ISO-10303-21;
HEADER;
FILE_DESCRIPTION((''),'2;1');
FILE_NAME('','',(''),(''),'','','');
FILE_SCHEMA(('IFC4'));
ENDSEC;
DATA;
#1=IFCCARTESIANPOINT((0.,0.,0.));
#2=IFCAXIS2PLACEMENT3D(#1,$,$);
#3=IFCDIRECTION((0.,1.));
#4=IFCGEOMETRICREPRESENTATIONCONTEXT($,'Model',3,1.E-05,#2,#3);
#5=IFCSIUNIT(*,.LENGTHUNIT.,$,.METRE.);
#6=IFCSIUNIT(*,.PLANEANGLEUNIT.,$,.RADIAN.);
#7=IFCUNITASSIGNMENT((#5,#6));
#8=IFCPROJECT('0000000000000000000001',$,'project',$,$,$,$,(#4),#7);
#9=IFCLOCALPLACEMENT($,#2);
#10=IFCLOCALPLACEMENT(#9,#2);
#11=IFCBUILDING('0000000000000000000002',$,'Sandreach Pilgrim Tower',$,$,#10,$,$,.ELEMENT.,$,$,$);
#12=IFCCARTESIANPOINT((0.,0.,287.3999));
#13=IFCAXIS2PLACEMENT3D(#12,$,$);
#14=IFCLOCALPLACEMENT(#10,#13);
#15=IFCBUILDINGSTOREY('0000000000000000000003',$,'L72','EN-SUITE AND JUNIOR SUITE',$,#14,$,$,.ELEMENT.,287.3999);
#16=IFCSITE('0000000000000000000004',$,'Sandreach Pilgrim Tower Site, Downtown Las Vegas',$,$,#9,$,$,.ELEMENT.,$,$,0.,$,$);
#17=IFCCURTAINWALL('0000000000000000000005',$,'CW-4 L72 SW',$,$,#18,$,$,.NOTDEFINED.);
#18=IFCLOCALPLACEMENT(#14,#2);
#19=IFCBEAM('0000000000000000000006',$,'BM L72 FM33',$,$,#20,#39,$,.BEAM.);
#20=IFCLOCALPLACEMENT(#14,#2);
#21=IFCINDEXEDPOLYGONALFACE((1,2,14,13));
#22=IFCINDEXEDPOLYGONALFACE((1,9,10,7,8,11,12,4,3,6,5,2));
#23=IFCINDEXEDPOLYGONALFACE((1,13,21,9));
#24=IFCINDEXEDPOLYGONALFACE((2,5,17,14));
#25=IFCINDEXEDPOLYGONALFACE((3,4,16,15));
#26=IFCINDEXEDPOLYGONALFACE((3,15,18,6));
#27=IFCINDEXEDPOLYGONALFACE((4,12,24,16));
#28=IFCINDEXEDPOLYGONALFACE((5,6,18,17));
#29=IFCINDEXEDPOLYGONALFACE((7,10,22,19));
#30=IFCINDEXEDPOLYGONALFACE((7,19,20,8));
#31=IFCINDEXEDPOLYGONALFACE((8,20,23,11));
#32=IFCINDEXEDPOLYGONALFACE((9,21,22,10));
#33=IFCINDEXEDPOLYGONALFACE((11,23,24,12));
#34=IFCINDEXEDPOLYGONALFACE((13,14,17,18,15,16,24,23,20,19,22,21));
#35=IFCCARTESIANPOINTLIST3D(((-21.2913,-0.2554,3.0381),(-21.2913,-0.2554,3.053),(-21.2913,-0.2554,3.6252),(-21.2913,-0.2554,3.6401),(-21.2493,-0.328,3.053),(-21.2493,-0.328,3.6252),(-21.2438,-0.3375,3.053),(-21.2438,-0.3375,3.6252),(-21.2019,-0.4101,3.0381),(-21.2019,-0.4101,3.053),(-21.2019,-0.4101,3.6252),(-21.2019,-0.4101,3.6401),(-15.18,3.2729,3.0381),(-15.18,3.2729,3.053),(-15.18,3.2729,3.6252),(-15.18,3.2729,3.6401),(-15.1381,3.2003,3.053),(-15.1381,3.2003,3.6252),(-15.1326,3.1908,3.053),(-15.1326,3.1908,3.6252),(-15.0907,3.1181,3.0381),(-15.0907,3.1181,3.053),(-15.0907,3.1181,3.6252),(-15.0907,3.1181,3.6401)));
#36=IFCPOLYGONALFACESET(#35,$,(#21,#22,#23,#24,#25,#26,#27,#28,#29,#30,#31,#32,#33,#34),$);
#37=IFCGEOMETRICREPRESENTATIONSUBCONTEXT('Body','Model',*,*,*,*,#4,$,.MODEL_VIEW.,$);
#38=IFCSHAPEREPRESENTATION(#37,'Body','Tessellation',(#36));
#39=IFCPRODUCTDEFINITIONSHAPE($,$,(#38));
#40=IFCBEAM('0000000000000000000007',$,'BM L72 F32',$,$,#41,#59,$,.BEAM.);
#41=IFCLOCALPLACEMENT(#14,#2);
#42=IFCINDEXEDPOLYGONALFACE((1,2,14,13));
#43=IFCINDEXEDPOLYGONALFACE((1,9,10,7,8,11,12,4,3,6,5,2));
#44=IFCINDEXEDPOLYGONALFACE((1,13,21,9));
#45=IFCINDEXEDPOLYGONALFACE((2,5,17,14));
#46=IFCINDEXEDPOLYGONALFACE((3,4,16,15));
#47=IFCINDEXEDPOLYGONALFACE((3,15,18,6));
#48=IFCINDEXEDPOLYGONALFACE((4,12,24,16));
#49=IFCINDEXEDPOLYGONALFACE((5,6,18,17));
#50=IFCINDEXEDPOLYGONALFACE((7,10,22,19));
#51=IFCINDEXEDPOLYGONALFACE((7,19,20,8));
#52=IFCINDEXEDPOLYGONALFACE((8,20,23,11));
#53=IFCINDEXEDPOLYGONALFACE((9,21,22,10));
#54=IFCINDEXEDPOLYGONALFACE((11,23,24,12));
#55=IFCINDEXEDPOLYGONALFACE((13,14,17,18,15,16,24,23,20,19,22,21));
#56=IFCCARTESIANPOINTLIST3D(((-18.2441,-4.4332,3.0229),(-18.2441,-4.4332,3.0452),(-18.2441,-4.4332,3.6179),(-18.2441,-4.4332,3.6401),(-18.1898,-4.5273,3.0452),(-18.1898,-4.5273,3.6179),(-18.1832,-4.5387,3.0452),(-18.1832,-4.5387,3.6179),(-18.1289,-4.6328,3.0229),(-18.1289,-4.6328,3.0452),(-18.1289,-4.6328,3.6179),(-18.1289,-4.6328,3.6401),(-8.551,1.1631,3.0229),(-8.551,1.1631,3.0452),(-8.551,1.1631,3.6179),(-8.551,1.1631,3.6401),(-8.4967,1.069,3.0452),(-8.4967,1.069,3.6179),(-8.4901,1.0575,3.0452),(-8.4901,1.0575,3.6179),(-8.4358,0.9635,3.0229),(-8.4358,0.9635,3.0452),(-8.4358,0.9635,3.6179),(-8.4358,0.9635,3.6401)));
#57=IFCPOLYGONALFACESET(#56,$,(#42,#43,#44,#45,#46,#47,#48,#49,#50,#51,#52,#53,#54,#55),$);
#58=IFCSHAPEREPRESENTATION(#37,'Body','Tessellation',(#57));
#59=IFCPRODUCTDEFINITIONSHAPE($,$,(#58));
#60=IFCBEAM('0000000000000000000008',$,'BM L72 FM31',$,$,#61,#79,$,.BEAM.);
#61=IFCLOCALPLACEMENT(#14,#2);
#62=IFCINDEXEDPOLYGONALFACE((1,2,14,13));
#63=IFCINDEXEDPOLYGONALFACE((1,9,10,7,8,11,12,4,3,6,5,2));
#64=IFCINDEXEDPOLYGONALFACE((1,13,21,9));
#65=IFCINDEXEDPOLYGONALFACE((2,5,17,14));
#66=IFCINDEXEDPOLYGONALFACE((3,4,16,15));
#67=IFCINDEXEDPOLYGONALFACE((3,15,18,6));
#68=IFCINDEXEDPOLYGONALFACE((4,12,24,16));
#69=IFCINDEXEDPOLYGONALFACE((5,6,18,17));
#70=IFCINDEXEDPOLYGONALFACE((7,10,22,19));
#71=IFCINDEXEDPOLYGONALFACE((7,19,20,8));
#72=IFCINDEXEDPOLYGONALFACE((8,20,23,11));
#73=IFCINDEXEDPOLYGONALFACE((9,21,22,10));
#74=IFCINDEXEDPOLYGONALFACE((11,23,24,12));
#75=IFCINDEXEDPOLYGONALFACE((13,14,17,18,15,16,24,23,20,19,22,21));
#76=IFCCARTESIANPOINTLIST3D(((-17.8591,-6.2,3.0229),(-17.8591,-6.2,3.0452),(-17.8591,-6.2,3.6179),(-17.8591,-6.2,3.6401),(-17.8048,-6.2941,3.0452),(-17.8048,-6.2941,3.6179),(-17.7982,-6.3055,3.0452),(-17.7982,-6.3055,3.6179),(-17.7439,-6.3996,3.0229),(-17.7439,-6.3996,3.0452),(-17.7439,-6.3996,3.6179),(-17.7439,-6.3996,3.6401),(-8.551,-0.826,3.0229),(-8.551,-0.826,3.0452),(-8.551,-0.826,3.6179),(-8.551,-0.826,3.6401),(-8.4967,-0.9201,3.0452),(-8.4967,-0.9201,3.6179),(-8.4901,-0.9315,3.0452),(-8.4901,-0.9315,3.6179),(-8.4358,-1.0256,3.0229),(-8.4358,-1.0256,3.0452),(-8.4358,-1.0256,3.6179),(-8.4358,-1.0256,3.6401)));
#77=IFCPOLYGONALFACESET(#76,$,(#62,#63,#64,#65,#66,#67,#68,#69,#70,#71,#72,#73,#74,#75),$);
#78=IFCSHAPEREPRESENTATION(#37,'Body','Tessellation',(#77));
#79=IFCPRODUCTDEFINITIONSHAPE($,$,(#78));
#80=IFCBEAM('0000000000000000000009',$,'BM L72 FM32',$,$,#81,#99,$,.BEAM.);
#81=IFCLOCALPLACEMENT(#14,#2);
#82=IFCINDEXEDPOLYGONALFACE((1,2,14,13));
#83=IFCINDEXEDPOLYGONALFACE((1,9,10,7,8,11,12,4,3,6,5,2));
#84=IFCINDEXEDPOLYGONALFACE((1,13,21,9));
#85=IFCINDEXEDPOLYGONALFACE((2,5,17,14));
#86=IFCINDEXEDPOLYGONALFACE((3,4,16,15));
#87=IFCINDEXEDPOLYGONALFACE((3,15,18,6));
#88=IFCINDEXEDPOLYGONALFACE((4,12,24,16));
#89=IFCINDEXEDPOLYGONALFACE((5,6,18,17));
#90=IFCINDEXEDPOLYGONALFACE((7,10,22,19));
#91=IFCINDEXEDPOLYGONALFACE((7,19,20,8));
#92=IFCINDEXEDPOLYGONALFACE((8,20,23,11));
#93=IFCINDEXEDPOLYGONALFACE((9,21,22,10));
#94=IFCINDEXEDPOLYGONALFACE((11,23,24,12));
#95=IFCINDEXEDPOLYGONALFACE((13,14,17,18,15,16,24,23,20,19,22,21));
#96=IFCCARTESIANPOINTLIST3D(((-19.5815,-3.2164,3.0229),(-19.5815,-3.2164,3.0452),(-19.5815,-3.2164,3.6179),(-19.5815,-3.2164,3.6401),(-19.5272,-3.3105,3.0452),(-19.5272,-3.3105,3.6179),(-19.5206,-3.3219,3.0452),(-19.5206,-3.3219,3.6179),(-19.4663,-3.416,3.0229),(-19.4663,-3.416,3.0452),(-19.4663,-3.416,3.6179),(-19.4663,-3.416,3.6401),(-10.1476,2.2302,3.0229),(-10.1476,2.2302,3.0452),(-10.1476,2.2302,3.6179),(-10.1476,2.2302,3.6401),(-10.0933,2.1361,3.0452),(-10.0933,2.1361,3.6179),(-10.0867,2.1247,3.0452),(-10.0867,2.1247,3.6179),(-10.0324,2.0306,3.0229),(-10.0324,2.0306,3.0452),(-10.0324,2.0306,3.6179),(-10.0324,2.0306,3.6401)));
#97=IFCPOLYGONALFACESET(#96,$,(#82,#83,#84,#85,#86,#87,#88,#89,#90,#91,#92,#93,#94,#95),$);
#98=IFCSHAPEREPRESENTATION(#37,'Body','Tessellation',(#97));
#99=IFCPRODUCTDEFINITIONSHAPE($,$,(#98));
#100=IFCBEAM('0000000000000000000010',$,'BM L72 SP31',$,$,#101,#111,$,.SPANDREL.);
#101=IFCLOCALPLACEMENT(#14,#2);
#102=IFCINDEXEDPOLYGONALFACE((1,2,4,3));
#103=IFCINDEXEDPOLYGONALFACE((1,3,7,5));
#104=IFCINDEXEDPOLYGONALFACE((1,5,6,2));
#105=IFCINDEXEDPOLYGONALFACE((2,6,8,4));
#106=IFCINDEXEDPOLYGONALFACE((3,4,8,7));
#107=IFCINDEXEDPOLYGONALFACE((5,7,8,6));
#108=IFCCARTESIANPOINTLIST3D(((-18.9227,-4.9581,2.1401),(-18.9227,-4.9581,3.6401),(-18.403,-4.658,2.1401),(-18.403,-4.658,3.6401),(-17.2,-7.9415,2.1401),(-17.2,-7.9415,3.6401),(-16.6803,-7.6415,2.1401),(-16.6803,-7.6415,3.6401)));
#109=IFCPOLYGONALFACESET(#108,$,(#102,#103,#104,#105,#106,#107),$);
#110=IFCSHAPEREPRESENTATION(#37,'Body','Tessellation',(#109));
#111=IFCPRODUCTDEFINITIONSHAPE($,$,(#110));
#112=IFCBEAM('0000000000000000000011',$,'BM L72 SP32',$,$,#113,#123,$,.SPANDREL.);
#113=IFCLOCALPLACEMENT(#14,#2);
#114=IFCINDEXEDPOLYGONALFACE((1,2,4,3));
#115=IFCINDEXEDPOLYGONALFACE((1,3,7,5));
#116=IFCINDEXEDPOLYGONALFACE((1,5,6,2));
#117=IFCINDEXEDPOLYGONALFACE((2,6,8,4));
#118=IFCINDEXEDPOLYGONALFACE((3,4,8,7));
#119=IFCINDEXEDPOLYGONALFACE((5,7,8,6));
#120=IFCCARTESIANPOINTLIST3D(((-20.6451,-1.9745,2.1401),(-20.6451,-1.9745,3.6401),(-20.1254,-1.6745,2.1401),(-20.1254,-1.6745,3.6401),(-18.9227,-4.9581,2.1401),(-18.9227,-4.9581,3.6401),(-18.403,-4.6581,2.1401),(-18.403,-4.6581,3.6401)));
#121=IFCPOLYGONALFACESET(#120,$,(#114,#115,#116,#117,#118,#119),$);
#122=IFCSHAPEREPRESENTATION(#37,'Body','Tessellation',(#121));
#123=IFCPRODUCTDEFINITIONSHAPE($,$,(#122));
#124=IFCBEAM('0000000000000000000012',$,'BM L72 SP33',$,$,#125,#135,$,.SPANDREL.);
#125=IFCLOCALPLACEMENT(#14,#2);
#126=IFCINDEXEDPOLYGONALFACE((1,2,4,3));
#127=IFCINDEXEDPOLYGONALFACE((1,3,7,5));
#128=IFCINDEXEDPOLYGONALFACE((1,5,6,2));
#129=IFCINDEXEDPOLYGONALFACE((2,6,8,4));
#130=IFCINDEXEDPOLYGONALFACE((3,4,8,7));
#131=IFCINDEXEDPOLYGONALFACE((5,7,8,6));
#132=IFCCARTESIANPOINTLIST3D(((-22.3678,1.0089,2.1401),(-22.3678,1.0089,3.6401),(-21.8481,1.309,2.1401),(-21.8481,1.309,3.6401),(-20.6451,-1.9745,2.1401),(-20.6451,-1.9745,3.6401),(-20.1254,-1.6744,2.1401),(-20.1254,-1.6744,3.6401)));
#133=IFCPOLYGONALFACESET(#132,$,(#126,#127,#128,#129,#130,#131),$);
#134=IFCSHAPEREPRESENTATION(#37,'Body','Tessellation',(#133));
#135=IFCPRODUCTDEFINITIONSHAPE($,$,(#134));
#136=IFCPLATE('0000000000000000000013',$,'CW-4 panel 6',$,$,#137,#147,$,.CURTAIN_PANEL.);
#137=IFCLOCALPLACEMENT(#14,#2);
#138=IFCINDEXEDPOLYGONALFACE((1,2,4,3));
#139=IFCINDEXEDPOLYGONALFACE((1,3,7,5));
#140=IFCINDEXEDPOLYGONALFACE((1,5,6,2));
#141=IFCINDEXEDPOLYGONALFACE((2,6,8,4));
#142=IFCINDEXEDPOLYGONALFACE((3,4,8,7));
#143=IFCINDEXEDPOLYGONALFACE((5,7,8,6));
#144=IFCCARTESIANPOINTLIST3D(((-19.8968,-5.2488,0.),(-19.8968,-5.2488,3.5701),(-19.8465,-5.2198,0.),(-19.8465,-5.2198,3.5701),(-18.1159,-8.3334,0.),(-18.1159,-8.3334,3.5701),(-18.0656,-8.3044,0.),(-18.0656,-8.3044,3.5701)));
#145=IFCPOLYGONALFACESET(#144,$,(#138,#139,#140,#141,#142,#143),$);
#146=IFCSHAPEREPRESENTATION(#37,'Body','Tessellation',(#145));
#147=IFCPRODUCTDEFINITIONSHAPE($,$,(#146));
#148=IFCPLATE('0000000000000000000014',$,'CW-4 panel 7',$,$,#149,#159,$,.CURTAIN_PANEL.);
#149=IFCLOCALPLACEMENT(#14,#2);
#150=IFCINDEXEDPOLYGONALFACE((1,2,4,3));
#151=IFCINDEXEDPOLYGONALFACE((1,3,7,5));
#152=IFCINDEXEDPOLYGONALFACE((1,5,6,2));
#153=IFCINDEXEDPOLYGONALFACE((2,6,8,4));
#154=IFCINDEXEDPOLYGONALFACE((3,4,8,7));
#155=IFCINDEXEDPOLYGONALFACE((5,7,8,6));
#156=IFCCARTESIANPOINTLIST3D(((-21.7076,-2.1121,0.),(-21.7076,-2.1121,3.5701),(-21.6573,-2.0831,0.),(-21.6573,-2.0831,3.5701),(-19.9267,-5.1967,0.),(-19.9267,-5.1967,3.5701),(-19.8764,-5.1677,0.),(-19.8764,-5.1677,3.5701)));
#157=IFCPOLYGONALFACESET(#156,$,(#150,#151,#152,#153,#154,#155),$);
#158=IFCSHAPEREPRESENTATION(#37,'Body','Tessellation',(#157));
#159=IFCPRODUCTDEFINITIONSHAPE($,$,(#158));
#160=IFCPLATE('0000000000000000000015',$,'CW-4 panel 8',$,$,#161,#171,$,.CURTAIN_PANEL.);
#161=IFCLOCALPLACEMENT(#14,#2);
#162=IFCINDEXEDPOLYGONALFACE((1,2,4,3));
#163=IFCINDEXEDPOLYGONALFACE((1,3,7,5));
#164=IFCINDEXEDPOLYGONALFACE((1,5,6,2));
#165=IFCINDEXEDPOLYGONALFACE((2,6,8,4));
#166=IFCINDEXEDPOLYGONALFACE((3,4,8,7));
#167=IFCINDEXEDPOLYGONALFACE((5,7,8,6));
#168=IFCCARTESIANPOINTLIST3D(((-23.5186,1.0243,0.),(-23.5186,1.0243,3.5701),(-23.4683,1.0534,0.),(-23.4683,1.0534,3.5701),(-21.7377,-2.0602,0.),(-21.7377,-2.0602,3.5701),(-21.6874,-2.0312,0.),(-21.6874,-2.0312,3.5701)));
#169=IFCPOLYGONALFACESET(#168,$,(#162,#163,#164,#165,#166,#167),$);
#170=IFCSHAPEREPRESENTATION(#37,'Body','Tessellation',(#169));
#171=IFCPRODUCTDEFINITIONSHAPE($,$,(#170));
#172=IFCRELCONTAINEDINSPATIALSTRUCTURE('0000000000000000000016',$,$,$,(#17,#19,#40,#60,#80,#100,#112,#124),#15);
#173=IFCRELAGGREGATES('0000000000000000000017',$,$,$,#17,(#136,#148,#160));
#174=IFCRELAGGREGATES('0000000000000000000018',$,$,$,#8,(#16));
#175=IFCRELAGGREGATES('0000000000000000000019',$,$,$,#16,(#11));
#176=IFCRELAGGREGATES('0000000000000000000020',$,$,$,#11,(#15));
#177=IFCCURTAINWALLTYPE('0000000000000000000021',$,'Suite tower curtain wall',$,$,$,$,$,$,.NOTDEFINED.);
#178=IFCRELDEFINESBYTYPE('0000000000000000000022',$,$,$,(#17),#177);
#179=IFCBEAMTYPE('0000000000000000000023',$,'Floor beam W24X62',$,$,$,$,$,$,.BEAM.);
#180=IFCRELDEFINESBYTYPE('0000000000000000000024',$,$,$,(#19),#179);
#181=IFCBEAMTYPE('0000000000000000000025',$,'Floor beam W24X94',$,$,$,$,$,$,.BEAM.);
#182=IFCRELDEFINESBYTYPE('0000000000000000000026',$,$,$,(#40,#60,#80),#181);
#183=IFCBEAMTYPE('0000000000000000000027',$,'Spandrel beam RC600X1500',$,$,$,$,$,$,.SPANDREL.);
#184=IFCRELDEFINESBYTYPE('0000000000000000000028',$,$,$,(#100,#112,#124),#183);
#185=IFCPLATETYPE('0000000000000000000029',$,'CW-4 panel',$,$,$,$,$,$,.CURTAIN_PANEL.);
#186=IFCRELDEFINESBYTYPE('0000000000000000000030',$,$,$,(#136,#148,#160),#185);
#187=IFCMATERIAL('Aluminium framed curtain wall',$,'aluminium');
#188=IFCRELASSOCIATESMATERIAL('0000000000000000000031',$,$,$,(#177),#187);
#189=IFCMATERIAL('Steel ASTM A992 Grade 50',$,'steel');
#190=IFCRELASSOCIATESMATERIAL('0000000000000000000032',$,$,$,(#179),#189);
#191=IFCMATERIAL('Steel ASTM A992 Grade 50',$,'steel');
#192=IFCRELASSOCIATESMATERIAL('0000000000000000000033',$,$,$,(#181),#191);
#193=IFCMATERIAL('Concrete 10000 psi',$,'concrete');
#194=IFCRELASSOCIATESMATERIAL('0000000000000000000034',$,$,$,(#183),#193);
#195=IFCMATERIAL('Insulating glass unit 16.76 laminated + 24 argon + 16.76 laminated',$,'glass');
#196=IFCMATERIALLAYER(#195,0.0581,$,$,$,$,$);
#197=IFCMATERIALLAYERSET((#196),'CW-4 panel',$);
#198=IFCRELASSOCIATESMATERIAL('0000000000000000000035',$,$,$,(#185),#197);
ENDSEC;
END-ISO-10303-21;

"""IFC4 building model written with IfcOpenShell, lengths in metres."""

from ifc_helpers import new_model, si_unit, direction, frame, origin, origin_2d, place, context, subcontext, project, spatial, rectangle, i_section, extrude, material, layer, layer_set, material_profile, profile_set, type_object, element, aggregate, save


model = new_model("IFC4")

# Units and contexts
model_context = context("Model", 3, precision=1e-05, world=origin(), true_north=direction((0.0, 1.0)))
body_context = subcontext(model_context, "Body", "Model", "MODEL_VIEW")
ifc_project = project(units=[si_unit("LENGTHUNIT", "METRE"), si_unit("PLANEANGLEUNIT", "RADIAN")], contexts=[model_context])

# Site, building, storey
site_placement = place(None, origin())
site = spatial("IfcSite", under=ifc_project, at=site_placement, Name="Sandreach Pilgrim Tower Site, Downtown Las Vegas", CompositionType="ELEMENT", RefElevation=0.0)
building_placement = place(site_placement, origin())
building = spatial("IfcBuilding", under=site, at=building_placement, Name="Sandreach Pilgrim Tower", CompositionType="ELEMENT")
storey_placement = place(building_placement, frame((0.0, 0.0, 287.3999)))
storey = spatial("IfcBuildingStorey", under=building, at=storey_placement, Name="L72", Description="EN-SUITE AND JUNIOR SUITE", CompositionType="ELEMENT", Elevation=287.3999)

# Curtain wall
ifc_material_1 = material(Name="Aluminium framed curtain wall", Category="aluminium")
curtain_wall_type = type_object("IfcCurtainWallType", Name="Suite tower curtain wall", PredefinedType="NOTDEFINED", material=ifc_material_1)
curtain_wall_placement = place(storey_placement, origin())
curtain_wall = element("IfcCurtainWall", 1, at=curtain_wall_placement, inside=storey, type_object=curtain_wall_type, Name="CW-4 L72 SW", PredefinedType="NOTDEFINED")

# Beams
ifc_material_2 = material(Name="Steel ASTM A992 Grade 50", Category="steel")
ifc_material_profile_1 = material_profile(ifc_material_2, i_section(OverallWidth=0.1787, OverallDepth=0.6021, WebThickness=0.011, FlangeThickness=0.0149, at=origin_2d()), Name="W24X62")
ifc_profile_set_1 = profile_set([ifc_material_profile_1], Name="Steel ASTM A992 Grade 50")
beam_type_1 = type_object("IfcBeamType", Name="Floor beam W24X62", PredefinedType="BEAM", material=ifc_profile_set_1)
beam_1_placement = place(storey_placement, frame((-21.2466, -0.3328, 3.3391), z_axis=(0.866029, 0.499994, 0.0), x_axis=(-0.499994, 0.866029, 0.0)))
element("IfcBeam", 2, at=beam_1_placement, inside=storey, type_object=beam_type_1, Name="BM L72 FM33", PredefinedType="BEAM", context=body_context, shape_type="SweptSolid", body=[
    extrude(i_section(OverallWidth=0.1787, OverallDepth=0.6021, WebThickness=0.011, FlangeThickness=0.0149, at=origin_2d()), origin(), (0.0, 0.0, 1.0), 7.0566),
])
ifc_material_3 = material(Name="Steel ASTM A992 Grade 50", Category="steel")
ifc_material_profile_2 = material_profile(ifc_material_3, i_section(OverallWidth=0.2305, OverallDepth=0.6172, WebThickness=0.0132, FlangeThickness=0.0222, at=origin_2d()), Name="W24X94")
ifc_profile_set_2 = profile_set([ifc_material_profile_2], Name="Steel ASTM A992 Grade 50")
beam_type_2 = type_object("IfcBeamType", Name="Floor beam W24X94", PredefinedType="BEAM", material=ifc_profile_set_2)
beam_2_placement = place(storey_placement, frame((-18.1865, -4.533, 3.3315), z_axis=(0.86603, 0.499991, 0.0), x_axis=(-0.499991, 0.86603, 0.0)))
element("IfcBeam", 3, at=beam_2_placement, inside=storey, type_object=beam_type_2, Name="BM L72 F32", PredefinedType="BEAM", context=body_context, shape_type="SweptSolid", body=[
    extrude(i_section(OverallWidth=0.2305, OverallDepth=0.6172, WebThickness=0.0132, FlangeThickness=0.0222, at=origin_2d()), origin(), (0.0, 0.0, 1.0), 11.1926),
])
beam_3_placement = place(storey_placement, frame((-17.8015, -6.2998, 3.3315), z_axis=(0.866026, 0.499999, 0.0), x_axis=(-0.499999, 0.866026, 0.0)))
element("IfcBeam", 4, at=beam_3_placement, inside=storey, type_object=beam_type_2, Name="BM L72 FM31", PredefinedType="BEAM", context=body_context, shape_type="SweptSolid", body=[
    extrude(i_section(OverallWidth=0.2305, OverallDepth=0.6172, WebThickness=0.0132, FlangeThickness=0.0222, at=origin_2d()), origin(), (0.0, 0.0, 1.0), 10.748),
])
beam_4_placement = place(storey_placement, frame((-19.5239, -3.3162, 3.3315), z_axis=(0.866029, 0.499993, 0.0), x_axis=(-0.499993, 0.866029, 0.0)))
element("IfcBeam", 5, at=beam_4_placement, inside=storey, type_object=beam_type_2, Name="BM L72 FM32", PredefinedType="BEAM", context=body_context, shape_type="SweptSolid", body=[
    extrude(i_section(OverallWidth=0.2305, OverallDepth=0.6172, WebThickness=0.0132, FlangeThickness=0.0222, at=origin_2d()), origin(), (0.0, 0.0, 1.0), 10.8933),
])
ifc_material_4 = material(Name="Concrete 10000 psi", Category="concrete")
ifc_material_profile_3 = material_profile(ifc_material_4, rectangle(XDim=0.6001, YDim=1.5, at=origin_2d()), Name="RC600X1500")
ifc_profile_set_3 = profile_set([ifc_material_profile_3], Name="Concrete 10000 psi")
beam_type_3 = type_object("IfcBeamType", Name="Spandrel beam RC600X1500", PredefinedType="SPANDREL", material=ifc_profile_set_3)
for number, where, z_axis, x_axis, name in (
    (6, (-16.9402, -7.7915, 2.8901), (-0.500041, 0.866001, 0.0), (-0.866001, -0.500041, 0.0), "BM L72 SP31"),
    (7, (-18.6628, -4.8081, 2.8901), (-0.499958, 0.86605, 0.0), (-0.86605, -0.499958, 0.0), "BM L72 SP32"),
    (8, (-20.3853, -1.8245, 2.8901), (-0.500041, 0.866001, 0.0), (-0.866001, -0.500041, 0.0), "BM L72 SP33"),
):
    element("IfcBeam", number, at=place(storey_placement, frame(where, z_axis=z_axis, x_axis=x_axis)), inside=storey, type_object=beam_type_3, Name=name, PredefinedType="SPANDREL", context=body_context, shape_type="SweptSolid", body=[
        extrude(rectangle(XDim=0.6001, YDim=1.5, at=origin_2d()), origin(), (0.0, 0.0, 1.0), 3.4451),
    ])

# Plates
ifc_material_5 = material(Name="Insulating glass unit 16.76 laminated + 24 argon + 16.76 laminated", Category="glass")
ifc_layer_1 = layer(ifc_material_5, 0.0581)
ifc_layer_set_1 = layer_set([ifc_layer_1], Name="CW-4 panel")
plate_type = type_object("IfcPlateType", Name="CW-4 panel", PredefinedType="CURTAIN_PANEL", material=ifc_layer_set_1)
plate_1_placement = place(storey_placement, frame((-18.9812, -6.7766, 0.0), z_axis=(0.0, 0.0, 1.0), x_axis=(-0.5, 0.866025, 0.0)))
plate_1 = element("IfcPlate", 9, at=plate_1_placement, type_object=plate_type, Name="CW-4 panel 6", PredefinedType="CURTAIN_PANEL", context=body_context, shape_type="SweptSolid", body=[
    extrude(rectangle(XDim=3.5618, YDim=0.0581, at=origin_2d()), origin(), (0.0, 0.0, 1.0), 3.5701),
])
plate_2_placement = place(storey_placement, frame((-20.792, -3.6399, 0.0), z_axis=(0.0, 0.0, 1.0), x_axis=(-0.5, 0.866025, 0.0)))
plate_2 = element("IfcPlate", 10, at=plate_2_placement, type_object=plate_type, Name="CW-4 panel 7", PredefinedType="CURTAIN_PANEL", context=body_context, shape_type="SweptSolid", body=[
    extrude(rectangle(XDim=3.5618, YDim=0.0581, at=origin_2d()), origin(), (0.0, 0.0, 1.0), 3.5701),
])
plate_3_placement = place(storey_placement, frame((-22.603, -0.5034, 0.0), z_axis=(0.0, 0.0, 1.0), x_axis=(-0.5, 0.866025, 0.0)))
plate_3 = element("IfcPlate", 11, at=plate_3_placement, type_object=plate_type, Name="CW-4 panel 8", PredefinedType="CURTAIN_PANEL", context=body_context, shape_type="SweptSolid", body=[
    extrude(rectangle(XDim=3.5618, YDim=0.0581, at=origin_2d()), origin(), (0.0, 0.0, 1.0), 3.5701),
])
aggregate(curtain_wall, [plate_1, plate_2, plate_3])

save(model, "model.ifc")
